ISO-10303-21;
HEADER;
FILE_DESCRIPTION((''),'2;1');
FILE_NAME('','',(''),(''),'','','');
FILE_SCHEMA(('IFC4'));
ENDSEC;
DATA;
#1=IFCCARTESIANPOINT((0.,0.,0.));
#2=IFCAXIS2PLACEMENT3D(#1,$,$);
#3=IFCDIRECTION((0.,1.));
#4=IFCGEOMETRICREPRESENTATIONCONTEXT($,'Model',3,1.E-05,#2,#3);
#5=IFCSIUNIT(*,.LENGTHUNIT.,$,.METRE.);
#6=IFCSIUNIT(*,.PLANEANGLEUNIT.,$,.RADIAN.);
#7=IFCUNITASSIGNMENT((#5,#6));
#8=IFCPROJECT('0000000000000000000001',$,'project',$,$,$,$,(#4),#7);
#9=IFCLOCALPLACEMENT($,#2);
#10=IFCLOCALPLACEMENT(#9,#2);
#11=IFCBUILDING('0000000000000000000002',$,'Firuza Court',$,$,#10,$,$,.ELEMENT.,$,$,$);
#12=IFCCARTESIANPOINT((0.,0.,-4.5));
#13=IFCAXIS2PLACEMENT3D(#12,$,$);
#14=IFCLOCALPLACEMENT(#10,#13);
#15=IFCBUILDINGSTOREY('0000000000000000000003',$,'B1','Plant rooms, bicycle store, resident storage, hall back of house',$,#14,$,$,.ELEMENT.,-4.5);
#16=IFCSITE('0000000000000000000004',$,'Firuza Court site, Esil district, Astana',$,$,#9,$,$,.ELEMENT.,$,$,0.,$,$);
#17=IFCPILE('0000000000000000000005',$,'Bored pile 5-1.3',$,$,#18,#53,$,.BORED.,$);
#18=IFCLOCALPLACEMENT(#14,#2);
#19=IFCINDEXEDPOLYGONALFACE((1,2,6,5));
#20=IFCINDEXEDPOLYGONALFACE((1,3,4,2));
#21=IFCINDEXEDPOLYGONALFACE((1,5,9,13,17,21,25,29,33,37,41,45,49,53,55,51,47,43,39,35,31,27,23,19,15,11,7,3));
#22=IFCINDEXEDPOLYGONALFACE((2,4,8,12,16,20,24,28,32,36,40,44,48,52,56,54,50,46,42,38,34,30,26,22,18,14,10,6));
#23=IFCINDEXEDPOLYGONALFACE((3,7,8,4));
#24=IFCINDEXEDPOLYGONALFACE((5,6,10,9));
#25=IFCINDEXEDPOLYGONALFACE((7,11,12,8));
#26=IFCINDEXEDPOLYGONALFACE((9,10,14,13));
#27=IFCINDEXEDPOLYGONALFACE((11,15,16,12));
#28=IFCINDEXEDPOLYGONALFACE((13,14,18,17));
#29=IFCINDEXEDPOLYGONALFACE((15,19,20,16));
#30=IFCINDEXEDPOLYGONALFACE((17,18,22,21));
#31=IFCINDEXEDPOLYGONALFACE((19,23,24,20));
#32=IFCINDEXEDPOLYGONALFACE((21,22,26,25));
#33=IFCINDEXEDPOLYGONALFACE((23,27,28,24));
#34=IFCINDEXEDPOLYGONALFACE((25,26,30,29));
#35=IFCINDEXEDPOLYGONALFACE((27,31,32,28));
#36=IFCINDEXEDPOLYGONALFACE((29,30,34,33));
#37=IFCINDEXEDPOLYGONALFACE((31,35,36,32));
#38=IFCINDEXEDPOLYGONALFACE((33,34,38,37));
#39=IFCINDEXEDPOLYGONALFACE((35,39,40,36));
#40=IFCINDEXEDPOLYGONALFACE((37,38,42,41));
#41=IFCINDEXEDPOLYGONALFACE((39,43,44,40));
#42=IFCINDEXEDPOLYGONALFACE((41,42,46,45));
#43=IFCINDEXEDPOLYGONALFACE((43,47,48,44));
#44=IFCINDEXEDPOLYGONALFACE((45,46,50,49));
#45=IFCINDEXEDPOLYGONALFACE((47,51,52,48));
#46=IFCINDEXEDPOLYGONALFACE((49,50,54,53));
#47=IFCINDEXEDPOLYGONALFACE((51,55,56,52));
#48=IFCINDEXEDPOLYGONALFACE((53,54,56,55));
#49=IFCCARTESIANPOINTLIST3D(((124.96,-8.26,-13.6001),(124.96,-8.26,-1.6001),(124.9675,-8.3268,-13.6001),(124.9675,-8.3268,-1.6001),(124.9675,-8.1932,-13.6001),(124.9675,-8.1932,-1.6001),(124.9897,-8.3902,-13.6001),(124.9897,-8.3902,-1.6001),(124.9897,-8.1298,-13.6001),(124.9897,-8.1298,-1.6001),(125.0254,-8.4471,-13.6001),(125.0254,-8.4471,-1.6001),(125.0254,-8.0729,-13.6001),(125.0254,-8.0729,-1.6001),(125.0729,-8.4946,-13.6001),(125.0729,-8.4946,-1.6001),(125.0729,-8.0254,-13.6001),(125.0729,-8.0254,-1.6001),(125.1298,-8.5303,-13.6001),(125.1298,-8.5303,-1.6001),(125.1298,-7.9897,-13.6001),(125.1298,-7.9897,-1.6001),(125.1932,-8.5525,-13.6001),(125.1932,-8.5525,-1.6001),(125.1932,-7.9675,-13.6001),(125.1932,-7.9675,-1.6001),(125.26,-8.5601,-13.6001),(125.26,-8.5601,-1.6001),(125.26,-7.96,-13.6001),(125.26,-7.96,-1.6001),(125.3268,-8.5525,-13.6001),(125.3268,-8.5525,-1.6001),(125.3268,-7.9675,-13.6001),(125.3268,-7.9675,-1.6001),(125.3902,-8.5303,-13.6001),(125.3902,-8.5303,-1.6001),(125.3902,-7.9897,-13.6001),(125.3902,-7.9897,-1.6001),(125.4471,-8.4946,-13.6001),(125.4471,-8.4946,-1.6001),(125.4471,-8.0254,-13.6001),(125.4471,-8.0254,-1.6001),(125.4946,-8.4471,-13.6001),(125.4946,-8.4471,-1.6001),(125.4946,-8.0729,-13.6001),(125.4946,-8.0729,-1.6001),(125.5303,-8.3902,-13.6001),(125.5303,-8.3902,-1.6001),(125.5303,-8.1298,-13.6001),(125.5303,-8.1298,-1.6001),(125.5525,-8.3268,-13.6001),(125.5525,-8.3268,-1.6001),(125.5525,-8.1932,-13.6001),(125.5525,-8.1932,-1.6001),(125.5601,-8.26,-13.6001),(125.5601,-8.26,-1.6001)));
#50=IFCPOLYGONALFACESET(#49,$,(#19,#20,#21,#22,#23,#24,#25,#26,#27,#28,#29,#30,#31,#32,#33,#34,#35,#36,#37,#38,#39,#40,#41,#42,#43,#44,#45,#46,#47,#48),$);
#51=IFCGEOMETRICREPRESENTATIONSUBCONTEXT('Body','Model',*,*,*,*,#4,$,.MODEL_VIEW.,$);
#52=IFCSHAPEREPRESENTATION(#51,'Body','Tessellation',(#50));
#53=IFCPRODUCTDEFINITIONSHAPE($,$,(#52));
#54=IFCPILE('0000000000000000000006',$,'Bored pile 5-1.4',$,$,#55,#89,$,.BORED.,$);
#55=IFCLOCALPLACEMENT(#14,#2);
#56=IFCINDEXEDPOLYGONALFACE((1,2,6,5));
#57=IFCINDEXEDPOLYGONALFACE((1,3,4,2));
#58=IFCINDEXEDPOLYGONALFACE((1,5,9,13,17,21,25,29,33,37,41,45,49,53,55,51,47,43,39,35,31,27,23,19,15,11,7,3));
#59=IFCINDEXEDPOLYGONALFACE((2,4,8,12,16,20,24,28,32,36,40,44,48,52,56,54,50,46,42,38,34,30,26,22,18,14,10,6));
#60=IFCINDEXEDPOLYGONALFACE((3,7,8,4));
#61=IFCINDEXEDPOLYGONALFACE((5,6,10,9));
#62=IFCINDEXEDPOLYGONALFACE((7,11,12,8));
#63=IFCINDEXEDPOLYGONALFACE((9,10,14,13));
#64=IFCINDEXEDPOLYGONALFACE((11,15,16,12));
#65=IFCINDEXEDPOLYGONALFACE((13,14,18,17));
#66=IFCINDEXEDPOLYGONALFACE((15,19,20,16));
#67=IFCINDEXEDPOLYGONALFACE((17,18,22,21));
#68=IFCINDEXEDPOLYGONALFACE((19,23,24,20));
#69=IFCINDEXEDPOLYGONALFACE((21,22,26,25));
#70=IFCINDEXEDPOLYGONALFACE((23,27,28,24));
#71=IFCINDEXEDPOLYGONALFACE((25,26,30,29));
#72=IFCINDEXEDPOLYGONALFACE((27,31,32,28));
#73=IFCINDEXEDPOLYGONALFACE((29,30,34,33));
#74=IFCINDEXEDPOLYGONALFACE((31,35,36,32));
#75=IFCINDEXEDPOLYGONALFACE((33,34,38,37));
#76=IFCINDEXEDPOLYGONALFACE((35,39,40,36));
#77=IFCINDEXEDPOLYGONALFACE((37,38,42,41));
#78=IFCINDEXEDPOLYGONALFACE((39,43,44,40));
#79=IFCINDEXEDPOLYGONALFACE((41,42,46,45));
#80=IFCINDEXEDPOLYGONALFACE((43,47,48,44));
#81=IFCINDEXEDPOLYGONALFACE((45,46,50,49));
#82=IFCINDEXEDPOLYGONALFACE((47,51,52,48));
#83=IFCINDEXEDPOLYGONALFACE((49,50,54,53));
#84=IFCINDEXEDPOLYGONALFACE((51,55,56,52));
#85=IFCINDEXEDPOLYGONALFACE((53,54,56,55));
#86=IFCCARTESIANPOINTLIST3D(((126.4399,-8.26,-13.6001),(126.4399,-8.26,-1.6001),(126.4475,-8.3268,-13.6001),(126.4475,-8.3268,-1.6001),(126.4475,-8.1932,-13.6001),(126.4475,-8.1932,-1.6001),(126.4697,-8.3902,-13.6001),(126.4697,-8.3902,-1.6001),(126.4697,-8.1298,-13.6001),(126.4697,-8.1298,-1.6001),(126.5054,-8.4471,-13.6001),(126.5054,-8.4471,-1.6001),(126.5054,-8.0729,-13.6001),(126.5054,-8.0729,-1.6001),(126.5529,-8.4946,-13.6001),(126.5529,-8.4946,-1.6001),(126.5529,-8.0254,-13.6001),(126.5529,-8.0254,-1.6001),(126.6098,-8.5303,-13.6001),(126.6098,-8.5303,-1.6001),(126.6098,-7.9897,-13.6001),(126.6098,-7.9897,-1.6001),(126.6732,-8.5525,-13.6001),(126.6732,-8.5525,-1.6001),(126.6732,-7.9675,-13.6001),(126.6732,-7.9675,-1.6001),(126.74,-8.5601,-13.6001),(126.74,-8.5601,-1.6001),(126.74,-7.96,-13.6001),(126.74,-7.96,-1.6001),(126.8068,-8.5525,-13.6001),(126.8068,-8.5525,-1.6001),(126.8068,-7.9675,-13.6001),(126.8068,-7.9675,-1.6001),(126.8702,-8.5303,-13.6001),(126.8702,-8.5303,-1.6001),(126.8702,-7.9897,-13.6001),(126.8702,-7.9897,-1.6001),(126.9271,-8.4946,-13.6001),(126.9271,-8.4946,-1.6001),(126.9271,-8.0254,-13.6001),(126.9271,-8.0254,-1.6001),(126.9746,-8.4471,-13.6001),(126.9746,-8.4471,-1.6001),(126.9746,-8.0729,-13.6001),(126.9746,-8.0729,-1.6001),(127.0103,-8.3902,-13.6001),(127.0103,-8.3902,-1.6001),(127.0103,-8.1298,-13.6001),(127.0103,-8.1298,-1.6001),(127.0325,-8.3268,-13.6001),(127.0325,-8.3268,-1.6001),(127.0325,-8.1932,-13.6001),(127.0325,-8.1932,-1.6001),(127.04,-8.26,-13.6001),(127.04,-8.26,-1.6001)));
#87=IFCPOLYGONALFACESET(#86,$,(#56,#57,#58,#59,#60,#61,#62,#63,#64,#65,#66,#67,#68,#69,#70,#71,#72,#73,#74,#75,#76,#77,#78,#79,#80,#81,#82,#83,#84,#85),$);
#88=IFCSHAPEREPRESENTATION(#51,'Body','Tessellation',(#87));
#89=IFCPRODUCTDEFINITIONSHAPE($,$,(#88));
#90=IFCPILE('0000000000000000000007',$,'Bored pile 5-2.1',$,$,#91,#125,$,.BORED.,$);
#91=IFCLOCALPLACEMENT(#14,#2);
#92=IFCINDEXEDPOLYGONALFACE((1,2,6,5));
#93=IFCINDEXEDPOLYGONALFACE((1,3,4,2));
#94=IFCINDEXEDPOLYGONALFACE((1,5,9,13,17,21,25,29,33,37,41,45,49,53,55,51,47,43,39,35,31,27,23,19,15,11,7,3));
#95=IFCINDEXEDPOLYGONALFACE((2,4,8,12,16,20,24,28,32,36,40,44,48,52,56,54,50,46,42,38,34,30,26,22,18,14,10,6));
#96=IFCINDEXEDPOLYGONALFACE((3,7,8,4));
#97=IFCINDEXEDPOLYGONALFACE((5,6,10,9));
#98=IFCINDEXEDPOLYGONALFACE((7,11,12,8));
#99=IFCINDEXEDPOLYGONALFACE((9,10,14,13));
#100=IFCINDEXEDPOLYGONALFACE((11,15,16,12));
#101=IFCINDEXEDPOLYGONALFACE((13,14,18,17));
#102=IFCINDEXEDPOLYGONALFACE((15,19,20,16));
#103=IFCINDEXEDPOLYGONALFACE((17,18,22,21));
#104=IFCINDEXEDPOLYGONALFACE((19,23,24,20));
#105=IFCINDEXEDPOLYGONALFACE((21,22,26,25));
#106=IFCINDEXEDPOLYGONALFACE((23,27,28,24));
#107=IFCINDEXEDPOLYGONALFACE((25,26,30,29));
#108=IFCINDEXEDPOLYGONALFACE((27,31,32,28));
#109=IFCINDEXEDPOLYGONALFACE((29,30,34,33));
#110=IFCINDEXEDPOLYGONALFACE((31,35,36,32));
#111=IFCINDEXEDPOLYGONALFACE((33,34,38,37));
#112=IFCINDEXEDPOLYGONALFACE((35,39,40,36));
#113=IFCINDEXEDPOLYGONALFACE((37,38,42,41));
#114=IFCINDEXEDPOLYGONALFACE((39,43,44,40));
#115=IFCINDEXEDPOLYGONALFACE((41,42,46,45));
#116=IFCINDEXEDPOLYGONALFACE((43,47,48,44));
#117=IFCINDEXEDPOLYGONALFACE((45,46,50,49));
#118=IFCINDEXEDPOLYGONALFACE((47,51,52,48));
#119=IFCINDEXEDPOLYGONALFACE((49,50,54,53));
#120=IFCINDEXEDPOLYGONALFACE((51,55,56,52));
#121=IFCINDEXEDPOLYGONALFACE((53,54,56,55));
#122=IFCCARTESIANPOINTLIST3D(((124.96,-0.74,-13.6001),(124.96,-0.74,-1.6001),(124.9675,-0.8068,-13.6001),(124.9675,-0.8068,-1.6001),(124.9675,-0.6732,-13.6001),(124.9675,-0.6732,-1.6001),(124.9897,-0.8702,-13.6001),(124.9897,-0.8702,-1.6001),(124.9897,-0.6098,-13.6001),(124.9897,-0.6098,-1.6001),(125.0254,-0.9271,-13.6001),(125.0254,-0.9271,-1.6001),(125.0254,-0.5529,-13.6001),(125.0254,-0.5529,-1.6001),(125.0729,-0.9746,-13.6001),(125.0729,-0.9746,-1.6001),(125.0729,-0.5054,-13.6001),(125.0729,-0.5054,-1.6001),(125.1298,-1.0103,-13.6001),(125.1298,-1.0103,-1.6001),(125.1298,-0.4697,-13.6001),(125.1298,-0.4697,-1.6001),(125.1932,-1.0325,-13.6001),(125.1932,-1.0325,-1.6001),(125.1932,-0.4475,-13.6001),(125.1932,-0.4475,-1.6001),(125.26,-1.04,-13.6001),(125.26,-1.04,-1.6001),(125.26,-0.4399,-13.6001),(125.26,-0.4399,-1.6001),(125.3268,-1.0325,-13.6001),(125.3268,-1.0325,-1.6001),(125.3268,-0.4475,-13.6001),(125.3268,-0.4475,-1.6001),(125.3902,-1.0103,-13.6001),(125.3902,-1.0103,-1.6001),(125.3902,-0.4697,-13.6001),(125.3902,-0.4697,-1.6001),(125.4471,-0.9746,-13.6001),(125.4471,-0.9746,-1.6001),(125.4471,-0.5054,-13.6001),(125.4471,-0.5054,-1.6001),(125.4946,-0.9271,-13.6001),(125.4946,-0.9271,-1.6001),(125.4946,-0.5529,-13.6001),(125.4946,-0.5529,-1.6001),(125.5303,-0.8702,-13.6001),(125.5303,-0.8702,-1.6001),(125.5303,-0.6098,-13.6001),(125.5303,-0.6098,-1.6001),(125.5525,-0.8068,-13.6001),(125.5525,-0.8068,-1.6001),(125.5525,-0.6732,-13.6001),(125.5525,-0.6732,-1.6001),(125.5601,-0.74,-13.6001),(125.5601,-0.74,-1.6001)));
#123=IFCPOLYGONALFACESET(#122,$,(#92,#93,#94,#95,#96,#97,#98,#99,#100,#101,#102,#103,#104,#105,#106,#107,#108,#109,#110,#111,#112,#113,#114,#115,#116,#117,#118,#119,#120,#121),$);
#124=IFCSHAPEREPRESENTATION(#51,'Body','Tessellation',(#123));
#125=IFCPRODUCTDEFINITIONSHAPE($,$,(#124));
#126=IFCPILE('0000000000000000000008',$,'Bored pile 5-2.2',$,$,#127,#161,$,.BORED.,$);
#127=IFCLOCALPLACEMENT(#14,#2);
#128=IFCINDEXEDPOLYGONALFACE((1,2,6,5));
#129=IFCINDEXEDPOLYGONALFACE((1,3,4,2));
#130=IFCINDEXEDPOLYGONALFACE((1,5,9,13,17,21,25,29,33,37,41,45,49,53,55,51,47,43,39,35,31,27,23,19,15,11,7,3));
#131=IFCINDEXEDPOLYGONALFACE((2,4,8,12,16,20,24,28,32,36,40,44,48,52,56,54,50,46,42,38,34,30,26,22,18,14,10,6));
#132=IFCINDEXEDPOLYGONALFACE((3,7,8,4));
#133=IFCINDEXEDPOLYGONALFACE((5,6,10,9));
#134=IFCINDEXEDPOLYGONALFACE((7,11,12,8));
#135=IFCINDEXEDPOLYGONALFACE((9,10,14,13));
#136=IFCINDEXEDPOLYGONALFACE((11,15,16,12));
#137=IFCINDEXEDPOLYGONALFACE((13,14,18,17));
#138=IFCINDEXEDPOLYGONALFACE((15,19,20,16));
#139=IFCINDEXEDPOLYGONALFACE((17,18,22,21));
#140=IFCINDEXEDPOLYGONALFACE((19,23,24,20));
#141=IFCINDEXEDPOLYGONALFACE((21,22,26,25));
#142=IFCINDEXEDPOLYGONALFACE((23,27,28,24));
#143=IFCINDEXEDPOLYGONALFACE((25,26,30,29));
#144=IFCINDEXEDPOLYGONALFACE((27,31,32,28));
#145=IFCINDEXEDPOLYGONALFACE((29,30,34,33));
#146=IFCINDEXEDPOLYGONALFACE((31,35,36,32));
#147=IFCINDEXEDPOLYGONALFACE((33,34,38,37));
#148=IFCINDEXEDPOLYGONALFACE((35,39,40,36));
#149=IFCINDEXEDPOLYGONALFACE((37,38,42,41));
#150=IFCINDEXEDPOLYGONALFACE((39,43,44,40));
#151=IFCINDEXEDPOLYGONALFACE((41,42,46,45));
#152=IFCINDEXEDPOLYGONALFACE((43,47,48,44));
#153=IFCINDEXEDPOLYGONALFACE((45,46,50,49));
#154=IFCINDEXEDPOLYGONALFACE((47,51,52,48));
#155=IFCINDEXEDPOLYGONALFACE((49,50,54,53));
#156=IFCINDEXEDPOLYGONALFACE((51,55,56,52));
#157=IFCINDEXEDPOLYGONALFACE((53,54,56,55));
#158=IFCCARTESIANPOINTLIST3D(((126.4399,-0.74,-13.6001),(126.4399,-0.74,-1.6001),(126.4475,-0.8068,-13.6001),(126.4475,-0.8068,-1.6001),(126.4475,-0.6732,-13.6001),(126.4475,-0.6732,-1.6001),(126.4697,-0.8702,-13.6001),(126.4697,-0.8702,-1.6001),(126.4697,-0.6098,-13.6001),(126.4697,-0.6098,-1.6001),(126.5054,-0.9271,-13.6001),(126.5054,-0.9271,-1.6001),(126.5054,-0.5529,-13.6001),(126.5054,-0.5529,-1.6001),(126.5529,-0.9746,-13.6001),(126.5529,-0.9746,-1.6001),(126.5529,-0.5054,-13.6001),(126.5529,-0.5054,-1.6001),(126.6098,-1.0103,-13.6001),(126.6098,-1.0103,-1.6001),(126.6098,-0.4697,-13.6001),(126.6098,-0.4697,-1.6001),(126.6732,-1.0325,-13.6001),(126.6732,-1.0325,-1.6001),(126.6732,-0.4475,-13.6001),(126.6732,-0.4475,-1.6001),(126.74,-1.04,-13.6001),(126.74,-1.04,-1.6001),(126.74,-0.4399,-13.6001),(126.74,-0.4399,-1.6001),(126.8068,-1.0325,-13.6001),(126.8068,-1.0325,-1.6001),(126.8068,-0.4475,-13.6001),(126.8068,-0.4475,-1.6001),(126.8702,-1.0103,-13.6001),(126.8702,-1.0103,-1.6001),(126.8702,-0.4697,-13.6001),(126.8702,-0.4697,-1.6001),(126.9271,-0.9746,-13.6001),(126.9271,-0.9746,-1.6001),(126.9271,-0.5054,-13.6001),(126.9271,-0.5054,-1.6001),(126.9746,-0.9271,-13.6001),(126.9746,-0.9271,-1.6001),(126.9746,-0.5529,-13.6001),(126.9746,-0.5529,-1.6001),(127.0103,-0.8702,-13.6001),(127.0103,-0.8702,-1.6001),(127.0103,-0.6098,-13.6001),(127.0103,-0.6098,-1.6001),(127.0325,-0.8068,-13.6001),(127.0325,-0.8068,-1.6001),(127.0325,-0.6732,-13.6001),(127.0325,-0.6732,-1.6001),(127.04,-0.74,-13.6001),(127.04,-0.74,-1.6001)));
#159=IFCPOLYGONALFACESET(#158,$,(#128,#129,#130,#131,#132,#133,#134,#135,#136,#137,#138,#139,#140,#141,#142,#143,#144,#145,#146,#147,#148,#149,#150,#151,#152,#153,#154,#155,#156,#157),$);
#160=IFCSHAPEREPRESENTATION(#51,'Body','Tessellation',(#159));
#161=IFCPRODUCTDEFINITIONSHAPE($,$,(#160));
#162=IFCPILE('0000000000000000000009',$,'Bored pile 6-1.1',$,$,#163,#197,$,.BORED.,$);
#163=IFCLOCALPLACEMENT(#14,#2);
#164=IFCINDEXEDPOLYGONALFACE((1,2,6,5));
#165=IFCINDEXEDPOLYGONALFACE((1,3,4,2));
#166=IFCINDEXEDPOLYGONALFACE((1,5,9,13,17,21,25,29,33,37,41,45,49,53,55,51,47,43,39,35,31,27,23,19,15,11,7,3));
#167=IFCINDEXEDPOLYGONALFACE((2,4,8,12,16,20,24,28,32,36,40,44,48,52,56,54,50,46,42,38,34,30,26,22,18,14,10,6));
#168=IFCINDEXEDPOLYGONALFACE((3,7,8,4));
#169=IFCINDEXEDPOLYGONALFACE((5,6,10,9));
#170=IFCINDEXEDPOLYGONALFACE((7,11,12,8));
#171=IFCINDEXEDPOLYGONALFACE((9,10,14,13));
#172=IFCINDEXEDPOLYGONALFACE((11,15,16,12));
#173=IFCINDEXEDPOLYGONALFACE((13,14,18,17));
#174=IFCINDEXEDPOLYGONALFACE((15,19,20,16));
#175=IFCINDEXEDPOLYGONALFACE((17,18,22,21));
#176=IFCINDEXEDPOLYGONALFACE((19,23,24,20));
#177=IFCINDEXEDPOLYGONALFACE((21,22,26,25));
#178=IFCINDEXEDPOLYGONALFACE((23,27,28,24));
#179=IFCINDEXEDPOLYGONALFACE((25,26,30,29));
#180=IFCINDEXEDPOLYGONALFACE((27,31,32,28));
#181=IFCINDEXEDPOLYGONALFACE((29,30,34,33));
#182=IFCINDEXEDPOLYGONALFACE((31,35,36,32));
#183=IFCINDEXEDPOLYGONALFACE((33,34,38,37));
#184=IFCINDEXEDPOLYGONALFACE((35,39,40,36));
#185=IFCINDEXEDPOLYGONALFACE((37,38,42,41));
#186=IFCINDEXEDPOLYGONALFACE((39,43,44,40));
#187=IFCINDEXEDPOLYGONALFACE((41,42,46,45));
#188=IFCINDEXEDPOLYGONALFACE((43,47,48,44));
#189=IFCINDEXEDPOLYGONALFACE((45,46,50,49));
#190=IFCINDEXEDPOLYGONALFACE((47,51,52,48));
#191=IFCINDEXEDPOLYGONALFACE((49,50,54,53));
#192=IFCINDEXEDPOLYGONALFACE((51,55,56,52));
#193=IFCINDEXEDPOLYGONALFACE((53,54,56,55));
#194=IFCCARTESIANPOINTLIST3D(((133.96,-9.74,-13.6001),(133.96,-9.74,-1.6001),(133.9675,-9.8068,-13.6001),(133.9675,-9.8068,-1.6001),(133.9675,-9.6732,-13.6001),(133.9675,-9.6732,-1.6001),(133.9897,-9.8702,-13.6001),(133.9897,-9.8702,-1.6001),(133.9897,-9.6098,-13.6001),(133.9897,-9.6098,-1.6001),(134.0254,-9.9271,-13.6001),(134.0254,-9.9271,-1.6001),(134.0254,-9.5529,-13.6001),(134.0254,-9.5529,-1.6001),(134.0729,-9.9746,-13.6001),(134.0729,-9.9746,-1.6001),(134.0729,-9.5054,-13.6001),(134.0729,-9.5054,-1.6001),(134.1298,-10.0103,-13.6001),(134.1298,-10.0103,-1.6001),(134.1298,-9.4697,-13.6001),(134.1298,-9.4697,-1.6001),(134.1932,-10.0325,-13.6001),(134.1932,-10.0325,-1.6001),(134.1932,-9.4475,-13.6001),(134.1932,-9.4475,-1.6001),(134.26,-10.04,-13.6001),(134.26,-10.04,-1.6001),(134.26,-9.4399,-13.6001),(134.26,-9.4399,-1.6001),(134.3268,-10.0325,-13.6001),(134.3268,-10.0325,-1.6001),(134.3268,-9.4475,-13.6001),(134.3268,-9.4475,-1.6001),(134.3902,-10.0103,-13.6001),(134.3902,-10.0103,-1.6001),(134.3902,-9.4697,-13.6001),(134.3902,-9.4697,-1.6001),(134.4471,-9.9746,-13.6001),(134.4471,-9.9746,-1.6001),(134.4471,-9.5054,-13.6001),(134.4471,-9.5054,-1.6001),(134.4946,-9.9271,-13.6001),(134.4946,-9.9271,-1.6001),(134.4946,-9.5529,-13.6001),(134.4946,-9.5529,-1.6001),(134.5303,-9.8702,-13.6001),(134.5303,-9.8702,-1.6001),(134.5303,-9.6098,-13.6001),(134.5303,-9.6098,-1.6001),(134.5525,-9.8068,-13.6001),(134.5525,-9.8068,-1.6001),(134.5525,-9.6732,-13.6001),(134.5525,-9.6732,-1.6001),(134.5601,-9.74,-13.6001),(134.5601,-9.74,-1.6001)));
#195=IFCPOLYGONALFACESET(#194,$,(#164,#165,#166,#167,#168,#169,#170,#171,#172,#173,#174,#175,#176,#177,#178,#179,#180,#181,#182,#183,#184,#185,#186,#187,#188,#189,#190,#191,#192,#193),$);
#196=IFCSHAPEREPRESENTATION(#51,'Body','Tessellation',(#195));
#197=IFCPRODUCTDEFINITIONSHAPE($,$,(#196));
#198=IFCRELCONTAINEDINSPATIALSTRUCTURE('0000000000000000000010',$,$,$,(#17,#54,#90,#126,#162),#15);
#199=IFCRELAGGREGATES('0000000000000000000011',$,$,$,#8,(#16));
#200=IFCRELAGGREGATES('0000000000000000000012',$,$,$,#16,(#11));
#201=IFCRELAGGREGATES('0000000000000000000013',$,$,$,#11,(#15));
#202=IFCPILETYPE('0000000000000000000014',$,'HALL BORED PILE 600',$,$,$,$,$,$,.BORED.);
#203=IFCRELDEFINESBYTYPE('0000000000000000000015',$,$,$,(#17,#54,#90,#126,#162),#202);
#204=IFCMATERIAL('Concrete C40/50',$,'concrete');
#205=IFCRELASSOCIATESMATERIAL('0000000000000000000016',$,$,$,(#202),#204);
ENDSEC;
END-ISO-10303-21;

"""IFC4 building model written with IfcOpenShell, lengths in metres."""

from ifc_helpers import new_model, si_unit, direction, frame, origin, origin_2d, place, context, subcontext, project, spatial, circle, extrude, material, material_profile, profile_set, type_object, element, save


model = new_model("IFC4")

# Units and contexts
model_context = context("Model", 3, precision=1e-05, world=origin(), true_north=direction((0.0, 1.0)))
body_context = subcontext(model_context, "Body", "Model", "MODEL_VIEW")
ifc_project = project(units=[si_unit("LENGTHUNIT", "METRE"), si_unit("PLANEANGLEUNIT", "RADIAN")], contexts=[model_context])

# Site, building, storey
site_placement = place(None, origin())
site = spatial("IfcSite", under=ifc_project, at=site_placement, Name="Firuza Court site, Esil district, Astana", CompositionType="ELEMENT", RefElevation=0.0)
building_placement = place(site_placement, origin())
building = spatial("IfcBuilding", under=site, at=building_placement, Name="Firuza Court", CompositionType="ELEMENT")
storey_placement = place(building_placement, frame((0.0, 0.0, -4.5)))
storey = spatial("IfcBuildingStorey", under=building, at=storey_placement, Name="B1", Description="Plant rooms, bicycle store, resident storage, hall back of house", CompositionType="ELEMENT", Elevation=-4.5)

# Piles
ifc_material_1 = material(Name="Concrete C40/50", Category="concrete")
ifc_material_profile_1 = material_profile(ifc_material_1, circle(Radius=0.3, at=origin_2d()), Name="PILE 600")
ifc_profile_set_1 = profile_set([ifc_material_profile_1], Name="Concrete C40/50")
pile_type = type_object("IfcPileType", Name="HALL BORED PILE 600", PredefinedType="BORED", material=ifc_profile_set_1)
for number, where, z_axis, x_axis, name in (
    (1, (125.26, -8.26, -1.6001), (0.0, 0.0, -1.0), (1.0, 0.0, 0.0), "Bored pile 5-1.3"),
    (2, (126.74, -8.26, -1.6001), (0.0, 0.0, -1.0), (1.0, 0.0, 0.0), "Bored pile 5-1.4"),
    (3, (125.26, -0.74, -1.6001), (0.0, 0.0, -1.0), (1.0, 0.0, 0.0), "Bored pile 5-2.1"),
    (4, (126.74, -0.74, -1.6001), (0.0, 0.0, -1.0), (1.0, 0.0, 0.0), "Bored pile 5-2.2"),
    (5, (134.26, -9.74, -1.6001), (0.0, 0.0, -1.0), (1.0, 0.0, 0.0), "Bored pile 6-1.1"),
):
    element("IfcPile", number, at=place(storey_placement, frame(where, z_axis=z_axis, x_axis=x_axis)), inside=storey, type_object=pile_type, Name=name, PredefinedType="BORED", context=body_context, shape_type="SweptSolid", body=[
        extrude(circle(Radius=0.3, at=origin_2d()), origin(), (0.0, 0.0, 1.0), 12.0),
    ])

save(model, "model.ifc")
